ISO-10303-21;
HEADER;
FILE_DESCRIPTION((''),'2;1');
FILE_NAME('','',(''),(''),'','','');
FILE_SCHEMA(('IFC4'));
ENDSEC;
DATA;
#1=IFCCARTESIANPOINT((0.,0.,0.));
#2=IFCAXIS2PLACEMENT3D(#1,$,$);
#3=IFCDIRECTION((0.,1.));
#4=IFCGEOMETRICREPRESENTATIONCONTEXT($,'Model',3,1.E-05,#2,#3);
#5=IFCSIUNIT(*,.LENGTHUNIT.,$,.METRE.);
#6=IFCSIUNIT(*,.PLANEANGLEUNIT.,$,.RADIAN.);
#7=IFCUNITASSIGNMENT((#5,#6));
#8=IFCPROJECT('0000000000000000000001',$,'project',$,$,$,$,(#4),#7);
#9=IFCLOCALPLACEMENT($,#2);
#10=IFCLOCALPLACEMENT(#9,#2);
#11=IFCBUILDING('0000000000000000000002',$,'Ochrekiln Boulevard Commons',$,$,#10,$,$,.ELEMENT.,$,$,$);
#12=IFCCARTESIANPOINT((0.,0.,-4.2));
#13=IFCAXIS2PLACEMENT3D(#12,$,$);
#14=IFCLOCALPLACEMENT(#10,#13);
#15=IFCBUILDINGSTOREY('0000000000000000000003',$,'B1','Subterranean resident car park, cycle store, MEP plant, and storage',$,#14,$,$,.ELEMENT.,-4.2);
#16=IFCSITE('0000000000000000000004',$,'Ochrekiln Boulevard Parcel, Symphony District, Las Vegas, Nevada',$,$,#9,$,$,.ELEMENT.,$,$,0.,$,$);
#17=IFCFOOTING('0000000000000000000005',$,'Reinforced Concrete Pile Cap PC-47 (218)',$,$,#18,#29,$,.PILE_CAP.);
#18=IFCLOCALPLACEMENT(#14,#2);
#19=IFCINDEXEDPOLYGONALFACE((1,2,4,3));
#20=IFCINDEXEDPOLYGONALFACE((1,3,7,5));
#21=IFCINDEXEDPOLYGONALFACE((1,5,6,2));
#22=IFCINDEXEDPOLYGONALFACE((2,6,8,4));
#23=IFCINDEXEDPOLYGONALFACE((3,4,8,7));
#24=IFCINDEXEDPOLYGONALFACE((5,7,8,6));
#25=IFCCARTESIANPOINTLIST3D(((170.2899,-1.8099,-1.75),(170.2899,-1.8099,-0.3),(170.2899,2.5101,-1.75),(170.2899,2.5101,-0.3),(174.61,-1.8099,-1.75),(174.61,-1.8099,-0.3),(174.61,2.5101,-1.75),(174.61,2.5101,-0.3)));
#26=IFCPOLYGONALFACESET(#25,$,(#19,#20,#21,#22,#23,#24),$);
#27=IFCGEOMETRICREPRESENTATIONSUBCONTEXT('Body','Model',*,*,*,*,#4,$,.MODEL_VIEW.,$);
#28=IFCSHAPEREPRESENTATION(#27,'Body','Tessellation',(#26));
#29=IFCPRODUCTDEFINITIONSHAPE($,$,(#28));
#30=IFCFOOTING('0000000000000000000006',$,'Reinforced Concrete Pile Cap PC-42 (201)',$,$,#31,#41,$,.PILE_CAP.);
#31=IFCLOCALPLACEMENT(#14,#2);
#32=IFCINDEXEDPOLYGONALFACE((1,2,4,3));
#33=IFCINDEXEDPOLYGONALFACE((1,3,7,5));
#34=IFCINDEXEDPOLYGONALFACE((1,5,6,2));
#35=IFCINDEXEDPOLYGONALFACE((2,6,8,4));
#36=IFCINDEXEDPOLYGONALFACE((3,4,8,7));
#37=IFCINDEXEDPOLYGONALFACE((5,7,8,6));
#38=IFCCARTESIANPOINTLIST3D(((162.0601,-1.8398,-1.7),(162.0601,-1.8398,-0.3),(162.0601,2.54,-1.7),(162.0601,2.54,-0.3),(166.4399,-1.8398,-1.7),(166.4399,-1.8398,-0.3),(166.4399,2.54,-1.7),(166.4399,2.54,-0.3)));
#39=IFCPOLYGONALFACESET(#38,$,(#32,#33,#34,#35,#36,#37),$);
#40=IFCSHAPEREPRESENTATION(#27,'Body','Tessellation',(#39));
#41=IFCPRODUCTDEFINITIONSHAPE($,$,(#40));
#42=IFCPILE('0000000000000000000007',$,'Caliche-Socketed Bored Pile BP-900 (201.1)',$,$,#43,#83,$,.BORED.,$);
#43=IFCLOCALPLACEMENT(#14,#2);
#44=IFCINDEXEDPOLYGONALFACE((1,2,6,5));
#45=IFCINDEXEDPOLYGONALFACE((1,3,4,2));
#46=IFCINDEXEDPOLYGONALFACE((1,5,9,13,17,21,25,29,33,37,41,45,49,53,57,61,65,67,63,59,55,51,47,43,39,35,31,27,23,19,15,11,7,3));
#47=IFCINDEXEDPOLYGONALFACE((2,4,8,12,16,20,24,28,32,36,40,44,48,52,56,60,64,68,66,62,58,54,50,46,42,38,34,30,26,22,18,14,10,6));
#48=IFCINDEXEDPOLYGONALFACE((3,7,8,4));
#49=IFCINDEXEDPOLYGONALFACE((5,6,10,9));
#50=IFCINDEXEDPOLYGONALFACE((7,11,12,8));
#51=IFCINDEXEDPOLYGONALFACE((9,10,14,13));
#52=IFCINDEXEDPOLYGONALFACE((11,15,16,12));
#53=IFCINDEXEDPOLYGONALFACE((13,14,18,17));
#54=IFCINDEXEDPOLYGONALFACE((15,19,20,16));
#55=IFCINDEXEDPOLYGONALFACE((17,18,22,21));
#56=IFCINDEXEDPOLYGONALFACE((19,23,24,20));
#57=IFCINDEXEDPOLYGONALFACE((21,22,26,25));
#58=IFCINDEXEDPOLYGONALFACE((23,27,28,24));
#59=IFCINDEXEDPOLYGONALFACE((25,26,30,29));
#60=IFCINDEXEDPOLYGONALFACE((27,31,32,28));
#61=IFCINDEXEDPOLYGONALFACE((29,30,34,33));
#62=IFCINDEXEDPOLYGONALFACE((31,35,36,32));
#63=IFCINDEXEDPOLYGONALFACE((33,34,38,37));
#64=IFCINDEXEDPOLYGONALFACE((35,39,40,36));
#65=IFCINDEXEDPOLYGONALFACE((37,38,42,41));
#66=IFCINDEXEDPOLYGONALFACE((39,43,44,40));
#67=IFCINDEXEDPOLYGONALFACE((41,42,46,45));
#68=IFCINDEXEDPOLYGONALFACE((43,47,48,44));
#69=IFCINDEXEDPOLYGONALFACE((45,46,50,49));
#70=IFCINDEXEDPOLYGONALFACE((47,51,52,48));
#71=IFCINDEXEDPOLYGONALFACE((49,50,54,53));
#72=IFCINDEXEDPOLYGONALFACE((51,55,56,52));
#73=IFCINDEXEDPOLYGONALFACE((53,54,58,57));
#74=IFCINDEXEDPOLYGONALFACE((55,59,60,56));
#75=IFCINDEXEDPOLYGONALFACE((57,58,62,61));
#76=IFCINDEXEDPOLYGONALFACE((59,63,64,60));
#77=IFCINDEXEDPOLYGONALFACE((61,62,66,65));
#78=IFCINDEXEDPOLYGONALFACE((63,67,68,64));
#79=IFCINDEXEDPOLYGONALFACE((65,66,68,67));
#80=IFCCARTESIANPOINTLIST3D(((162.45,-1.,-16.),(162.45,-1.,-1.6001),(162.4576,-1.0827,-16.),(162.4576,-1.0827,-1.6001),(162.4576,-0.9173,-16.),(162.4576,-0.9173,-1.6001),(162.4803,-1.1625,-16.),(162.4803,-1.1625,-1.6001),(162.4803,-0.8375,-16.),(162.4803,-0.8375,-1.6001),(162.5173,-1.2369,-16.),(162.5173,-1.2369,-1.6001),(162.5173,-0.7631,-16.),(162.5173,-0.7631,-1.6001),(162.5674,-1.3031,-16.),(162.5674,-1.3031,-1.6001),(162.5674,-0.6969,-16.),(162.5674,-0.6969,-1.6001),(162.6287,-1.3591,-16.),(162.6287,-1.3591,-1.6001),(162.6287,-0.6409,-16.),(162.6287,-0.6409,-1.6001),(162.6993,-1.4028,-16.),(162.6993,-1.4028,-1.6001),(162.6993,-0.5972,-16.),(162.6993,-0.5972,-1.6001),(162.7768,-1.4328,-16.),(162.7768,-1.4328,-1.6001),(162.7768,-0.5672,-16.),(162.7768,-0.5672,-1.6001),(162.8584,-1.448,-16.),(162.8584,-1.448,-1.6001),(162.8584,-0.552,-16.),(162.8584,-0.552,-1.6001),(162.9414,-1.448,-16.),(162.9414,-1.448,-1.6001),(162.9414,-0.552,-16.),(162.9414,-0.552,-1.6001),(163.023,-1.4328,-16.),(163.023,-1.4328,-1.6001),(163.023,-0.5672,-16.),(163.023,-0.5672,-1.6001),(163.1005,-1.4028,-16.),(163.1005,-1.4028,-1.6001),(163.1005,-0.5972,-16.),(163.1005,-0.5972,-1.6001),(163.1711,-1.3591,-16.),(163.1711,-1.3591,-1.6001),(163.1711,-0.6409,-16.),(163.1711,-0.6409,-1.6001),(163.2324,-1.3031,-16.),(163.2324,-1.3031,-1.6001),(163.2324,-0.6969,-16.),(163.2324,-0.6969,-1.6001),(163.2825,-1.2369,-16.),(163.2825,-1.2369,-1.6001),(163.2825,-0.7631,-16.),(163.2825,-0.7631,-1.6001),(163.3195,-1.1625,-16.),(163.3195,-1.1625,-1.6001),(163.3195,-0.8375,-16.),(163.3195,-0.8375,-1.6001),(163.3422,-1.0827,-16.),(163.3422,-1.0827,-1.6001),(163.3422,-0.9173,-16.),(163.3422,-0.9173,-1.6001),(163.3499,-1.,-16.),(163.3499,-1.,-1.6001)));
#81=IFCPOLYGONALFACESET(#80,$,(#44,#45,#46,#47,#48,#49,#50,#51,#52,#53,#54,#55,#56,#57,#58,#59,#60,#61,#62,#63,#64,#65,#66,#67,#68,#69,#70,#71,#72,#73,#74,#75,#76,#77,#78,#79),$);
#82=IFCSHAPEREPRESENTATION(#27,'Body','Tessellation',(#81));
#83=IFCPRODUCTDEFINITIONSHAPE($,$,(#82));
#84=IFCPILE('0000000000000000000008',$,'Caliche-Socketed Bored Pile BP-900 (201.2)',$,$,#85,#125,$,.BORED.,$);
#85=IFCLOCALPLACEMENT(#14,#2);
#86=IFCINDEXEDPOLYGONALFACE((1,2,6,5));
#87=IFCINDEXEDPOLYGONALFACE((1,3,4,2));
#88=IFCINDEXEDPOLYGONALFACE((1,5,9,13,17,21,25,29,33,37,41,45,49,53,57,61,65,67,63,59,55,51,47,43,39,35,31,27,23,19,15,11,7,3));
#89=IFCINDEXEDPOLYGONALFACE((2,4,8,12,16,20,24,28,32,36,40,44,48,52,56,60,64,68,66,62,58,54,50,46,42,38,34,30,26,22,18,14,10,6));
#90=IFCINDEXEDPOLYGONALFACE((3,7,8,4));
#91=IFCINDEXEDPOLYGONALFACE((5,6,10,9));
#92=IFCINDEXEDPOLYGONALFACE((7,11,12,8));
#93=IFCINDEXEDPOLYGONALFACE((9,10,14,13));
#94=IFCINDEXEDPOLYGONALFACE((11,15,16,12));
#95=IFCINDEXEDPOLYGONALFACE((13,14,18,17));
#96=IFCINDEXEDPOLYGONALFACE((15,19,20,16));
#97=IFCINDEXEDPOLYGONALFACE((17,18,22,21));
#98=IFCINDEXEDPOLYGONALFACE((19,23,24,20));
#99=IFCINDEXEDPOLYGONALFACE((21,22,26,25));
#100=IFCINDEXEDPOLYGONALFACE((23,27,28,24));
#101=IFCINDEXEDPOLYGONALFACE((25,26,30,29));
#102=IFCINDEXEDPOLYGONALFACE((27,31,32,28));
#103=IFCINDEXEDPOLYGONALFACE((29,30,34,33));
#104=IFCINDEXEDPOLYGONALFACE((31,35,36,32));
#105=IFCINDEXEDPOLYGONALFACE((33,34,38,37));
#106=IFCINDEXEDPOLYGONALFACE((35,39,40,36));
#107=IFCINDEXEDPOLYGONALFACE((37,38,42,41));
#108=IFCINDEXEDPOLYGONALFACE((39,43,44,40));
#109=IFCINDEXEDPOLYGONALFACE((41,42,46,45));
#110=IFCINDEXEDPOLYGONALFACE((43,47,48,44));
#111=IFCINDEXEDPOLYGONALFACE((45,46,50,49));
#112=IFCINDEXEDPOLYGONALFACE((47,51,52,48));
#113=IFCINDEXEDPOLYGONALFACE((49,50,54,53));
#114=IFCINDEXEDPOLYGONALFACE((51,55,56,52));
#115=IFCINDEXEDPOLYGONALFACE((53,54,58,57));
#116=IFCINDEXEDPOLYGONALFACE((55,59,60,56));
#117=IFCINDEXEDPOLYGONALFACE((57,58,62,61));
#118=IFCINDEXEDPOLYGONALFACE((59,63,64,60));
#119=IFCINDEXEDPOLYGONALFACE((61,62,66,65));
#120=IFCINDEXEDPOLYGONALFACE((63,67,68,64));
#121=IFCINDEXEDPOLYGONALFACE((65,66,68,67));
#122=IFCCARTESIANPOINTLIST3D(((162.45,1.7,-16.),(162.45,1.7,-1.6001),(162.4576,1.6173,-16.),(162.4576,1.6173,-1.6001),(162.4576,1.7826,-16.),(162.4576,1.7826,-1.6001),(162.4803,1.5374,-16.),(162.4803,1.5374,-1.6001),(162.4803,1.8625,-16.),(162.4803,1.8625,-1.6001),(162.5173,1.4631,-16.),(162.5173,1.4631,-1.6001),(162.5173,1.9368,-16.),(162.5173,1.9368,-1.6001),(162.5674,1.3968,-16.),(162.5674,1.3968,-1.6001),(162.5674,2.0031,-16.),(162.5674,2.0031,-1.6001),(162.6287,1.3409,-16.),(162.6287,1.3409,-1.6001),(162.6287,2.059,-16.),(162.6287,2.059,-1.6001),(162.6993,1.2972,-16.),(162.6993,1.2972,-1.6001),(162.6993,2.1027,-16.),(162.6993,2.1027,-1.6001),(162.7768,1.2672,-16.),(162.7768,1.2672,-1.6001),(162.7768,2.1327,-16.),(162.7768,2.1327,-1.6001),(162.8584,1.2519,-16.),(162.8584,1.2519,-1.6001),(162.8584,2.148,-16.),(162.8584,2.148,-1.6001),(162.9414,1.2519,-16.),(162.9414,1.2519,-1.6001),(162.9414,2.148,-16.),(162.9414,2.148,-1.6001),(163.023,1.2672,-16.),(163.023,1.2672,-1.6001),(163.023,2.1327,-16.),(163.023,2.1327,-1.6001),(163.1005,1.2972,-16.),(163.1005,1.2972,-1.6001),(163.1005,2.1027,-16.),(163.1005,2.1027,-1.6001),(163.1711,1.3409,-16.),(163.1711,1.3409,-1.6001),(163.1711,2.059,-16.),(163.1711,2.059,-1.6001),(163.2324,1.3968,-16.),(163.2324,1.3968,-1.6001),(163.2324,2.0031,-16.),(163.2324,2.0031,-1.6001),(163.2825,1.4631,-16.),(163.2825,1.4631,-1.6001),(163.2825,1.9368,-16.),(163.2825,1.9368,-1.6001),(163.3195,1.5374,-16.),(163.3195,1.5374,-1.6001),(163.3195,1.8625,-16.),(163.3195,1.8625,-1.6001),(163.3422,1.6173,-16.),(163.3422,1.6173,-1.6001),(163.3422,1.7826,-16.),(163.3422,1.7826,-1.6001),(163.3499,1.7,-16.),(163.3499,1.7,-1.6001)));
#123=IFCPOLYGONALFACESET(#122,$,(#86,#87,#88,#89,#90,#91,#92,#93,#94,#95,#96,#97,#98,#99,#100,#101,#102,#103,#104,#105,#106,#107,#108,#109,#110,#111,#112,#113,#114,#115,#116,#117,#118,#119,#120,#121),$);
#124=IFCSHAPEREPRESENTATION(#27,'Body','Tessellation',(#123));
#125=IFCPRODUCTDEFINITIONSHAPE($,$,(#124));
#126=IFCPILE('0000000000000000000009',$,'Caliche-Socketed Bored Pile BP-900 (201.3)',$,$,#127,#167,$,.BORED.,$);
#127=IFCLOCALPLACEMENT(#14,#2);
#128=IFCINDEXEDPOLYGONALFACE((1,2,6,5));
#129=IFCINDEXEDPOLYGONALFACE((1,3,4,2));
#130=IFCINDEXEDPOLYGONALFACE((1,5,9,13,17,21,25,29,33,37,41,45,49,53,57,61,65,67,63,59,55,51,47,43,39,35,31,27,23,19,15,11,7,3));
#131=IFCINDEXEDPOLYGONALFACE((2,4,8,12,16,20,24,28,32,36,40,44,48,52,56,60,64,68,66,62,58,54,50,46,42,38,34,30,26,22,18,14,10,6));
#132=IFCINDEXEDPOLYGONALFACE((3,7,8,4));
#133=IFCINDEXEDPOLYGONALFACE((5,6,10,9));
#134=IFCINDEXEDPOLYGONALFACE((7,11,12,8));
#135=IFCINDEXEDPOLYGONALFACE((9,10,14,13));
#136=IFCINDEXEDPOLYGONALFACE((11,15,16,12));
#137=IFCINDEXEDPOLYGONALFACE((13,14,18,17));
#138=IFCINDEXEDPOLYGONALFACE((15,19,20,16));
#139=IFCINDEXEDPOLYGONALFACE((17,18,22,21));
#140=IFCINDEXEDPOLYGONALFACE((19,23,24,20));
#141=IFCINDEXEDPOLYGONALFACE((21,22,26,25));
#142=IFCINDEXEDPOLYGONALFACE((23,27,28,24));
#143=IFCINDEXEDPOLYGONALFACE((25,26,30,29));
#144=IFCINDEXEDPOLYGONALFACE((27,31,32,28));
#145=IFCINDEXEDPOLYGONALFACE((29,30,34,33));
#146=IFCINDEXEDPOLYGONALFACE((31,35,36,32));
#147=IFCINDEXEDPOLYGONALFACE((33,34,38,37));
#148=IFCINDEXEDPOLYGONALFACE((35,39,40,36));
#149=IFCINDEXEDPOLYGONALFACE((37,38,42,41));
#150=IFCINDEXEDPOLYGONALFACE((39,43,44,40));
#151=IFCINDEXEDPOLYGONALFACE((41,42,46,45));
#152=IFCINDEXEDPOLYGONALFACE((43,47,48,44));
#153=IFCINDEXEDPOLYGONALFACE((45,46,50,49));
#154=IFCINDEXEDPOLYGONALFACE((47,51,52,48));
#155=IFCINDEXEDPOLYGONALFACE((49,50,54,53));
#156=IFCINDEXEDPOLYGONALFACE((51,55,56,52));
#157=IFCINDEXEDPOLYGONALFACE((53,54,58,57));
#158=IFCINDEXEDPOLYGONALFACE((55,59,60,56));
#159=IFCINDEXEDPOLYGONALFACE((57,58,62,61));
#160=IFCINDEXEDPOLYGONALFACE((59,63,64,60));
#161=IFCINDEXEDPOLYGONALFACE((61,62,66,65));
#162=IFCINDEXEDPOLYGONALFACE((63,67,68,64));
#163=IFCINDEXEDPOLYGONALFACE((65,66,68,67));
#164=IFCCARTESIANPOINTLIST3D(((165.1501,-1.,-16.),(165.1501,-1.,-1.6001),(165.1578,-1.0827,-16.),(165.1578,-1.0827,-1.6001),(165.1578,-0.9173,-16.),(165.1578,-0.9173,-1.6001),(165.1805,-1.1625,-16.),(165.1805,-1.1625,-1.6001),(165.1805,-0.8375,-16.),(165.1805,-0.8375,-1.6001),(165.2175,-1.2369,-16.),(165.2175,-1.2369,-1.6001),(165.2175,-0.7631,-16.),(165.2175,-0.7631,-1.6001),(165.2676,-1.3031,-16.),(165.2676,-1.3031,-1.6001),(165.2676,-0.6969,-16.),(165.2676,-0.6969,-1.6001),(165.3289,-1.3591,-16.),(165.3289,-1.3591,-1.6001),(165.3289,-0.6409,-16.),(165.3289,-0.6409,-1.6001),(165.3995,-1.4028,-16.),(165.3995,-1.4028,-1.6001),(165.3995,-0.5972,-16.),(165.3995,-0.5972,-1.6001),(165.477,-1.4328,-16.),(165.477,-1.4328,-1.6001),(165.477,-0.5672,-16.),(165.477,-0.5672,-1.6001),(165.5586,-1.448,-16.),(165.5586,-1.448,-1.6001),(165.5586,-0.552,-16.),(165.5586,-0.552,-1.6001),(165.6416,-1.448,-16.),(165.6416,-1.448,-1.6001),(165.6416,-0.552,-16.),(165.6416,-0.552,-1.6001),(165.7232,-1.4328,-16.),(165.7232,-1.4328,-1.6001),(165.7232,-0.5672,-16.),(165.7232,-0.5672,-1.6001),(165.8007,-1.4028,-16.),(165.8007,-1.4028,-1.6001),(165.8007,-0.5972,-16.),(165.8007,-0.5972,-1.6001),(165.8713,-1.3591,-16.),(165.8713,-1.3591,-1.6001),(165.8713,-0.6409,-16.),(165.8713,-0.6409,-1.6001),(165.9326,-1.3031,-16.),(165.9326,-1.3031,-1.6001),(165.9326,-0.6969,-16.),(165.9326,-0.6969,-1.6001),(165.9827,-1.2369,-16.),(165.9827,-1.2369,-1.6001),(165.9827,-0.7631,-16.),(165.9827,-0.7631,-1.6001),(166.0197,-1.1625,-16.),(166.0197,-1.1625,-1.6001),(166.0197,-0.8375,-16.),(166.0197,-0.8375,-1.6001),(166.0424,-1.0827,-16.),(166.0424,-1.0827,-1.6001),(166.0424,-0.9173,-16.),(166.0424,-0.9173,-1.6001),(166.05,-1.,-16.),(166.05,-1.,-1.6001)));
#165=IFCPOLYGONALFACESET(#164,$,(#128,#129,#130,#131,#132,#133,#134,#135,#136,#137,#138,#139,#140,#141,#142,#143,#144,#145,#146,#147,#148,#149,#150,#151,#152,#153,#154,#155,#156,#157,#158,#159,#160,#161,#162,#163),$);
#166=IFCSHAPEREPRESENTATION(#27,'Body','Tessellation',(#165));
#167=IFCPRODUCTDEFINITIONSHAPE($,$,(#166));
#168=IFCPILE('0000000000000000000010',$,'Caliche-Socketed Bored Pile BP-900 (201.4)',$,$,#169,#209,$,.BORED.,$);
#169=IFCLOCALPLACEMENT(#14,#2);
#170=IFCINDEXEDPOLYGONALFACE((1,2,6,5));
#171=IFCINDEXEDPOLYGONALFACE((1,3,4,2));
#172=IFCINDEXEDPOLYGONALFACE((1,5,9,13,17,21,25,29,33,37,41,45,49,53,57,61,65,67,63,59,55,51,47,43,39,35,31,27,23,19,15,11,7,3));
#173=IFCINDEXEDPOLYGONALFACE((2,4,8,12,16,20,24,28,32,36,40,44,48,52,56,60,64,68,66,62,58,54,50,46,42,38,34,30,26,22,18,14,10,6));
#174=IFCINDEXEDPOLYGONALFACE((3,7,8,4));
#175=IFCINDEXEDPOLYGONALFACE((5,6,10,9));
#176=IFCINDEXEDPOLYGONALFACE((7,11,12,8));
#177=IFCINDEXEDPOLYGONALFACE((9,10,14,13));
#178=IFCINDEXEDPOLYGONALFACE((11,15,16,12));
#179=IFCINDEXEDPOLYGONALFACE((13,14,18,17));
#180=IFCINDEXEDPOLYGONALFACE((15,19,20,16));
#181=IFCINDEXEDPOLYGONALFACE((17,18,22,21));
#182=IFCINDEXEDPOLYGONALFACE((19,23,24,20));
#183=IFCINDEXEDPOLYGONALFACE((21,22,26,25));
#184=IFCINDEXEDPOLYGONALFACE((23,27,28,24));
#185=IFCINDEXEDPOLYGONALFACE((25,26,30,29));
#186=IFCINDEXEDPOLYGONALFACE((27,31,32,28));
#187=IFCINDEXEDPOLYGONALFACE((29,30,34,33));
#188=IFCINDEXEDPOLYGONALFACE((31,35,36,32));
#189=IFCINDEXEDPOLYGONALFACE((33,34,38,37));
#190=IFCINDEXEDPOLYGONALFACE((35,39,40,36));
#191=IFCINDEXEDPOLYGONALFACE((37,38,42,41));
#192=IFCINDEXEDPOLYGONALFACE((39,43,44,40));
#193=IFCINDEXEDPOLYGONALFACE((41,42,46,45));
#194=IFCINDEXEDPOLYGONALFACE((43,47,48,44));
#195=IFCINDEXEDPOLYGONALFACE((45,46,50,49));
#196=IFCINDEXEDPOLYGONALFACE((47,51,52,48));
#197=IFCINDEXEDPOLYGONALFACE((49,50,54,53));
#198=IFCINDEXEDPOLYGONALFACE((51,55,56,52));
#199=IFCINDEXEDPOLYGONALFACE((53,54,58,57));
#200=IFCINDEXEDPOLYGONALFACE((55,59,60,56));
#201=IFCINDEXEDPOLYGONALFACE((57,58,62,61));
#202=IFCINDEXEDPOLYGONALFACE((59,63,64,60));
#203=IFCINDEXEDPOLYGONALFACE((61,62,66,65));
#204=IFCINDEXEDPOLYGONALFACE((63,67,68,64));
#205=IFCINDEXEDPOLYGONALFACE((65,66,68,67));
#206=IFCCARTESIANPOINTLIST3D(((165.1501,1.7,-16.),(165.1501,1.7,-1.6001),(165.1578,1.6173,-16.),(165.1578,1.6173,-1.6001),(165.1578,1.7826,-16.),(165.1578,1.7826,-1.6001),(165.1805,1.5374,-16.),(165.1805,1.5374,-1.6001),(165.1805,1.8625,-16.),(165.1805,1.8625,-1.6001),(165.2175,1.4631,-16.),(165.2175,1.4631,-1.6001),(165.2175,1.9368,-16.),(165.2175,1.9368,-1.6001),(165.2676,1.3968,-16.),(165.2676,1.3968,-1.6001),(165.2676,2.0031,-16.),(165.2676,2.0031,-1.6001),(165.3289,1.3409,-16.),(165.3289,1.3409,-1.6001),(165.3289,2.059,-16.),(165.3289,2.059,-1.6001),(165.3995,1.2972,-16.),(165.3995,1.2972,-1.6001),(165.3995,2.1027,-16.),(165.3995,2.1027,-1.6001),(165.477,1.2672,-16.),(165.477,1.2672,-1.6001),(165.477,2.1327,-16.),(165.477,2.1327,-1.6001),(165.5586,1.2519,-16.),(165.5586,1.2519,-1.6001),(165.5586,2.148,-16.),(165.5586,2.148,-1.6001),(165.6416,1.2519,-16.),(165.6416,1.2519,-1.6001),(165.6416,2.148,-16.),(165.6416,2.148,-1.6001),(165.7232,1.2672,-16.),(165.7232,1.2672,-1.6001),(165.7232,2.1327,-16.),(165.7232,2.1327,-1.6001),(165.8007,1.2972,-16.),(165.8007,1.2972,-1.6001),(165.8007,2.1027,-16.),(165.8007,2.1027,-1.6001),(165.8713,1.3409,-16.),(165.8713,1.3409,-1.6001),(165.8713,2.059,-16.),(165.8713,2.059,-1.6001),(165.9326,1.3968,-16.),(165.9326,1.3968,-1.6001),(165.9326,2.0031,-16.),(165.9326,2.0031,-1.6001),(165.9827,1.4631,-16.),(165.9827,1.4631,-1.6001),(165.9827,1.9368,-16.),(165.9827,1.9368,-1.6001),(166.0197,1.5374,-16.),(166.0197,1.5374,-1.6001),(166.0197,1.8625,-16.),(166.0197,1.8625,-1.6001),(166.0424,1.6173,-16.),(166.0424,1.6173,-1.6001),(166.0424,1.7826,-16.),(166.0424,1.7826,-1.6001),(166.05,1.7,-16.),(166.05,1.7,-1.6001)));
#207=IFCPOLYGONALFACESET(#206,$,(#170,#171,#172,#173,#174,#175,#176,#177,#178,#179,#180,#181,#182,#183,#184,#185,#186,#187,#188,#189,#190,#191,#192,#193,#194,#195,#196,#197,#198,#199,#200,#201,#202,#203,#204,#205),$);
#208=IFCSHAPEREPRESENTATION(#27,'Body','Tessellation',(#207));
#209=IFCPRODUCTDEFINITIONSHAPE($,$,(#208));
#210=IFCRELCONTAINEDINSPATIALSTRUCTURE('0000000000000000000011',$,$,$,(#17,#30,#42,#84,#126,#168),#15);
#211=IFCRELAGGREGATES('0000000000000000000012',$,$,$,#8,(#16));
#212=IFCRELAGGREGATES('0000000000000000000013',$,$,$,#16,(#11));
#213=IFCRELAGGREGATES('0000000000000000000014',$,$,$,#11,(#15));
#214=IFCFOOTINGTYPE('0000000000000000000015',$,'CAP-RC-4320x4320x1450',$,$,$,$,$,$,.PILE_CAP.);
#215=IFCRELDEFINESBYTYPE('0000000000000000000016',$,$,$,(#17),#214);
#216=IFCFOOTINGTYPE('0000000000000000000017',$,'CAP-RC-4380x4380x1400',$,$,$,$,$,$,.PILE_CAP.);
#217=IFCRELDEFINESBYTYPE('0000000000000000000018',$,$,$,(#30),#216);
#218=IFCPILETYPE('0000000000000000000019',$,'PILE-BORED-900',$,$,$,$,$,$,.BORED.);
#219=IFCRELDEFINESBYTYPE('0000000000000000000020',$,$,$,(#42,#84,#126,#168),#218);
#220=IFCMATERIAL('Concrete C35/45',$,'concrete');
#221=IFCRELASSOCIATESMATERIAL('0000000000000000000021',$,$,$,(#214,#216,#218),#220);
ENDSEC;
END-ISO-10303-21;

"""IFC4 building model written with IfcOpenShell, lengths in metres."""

from ifc_helpers import new_model, si_unit, direction, frame, origin, origin_2d, place, context, subcontext, project, spatial, rectangle, circle, extrude, material, material_profile, profile_set, type_object, element, save


model = new_model("IFC4")

# Units and contexts
model_context = context("Model", 3, precision=1e-05, world=origin(), true_north=direction((0.0, 1.0)))
body_context = subcontext(model_context, "Body", "Model", "MODEL_VIEW")
ifc_project = project(units=[si_unit("LENGTHUNIT", "METRE"), si_unit("PLANEANGLEUNIT", "RADIAN")], contexts=[model_context])

# Site, building, storey
site_placement = place(None, origin())
site = spatial("IfcSite", under=ifc_project, at=site_placement, Name="Ochrekiln Boulevard Parcel, Symphony District, Las Vegas, Nevada", CompositionType="ELEMENT", RefElevation=0.0)
building_placement = place(site_placement, origin())
building = spatial("IfcBuilding", under=site, at=building_placement, Name="Ochrekiln Boulevard Commons", CompositionType="ELEMENT")
storey_placement = place(building_placement, frame((0.0, 0.0, -4.2)))
storey = spatial("IfcBuildingStorey", under=building, at=storey_placement, Name="B1", Description="Subterranean resident car park, cycle store, MEP plant, and storage", CompositionType="ELEMENT", Elevation=-4.2)

# Footings
ifc_material_1 = material(Name="Concrete C35/45", Category="concrete")
footing_type_1 = type_object("IfcFootingType", Name="CAP-RC-4320x4320x1450", PredefinedType="PILE_CAP", material=ifc_material_1)
footing_1_placement = place(storey_placement, frame((172.45, 0.3501, -1.75), z_axis=(0.0, 0.0, 1.0), x_axis=(1.0, 0.0, 0.0)))
element("IfcFooting", 1, at=footing_1_placement, inside=storey, type_object=footing_type_1, Name="Reinforced Concrete Pile Cap PC-47 (218)", PredefinedType="PILE_CAP", context=body_context, shape_type="SweptSolid", body=[
    extrude(rectangle(XDim=4.3201, YDim=4.3201, at=origin_2d()), origin(), (0.0, 0.0, 1.0), 1.45),
])
footing_type_2 = type_object("IfcFootingType", Name="CAP-RC-4380x4380x1400", PredefinedType="PILE_CAP", material=ifc_material_1)
footing_2_placement = place(storey_placement, frame((164.25, 0.3501, -1.7), z_axis=(0.0, 0.0, 1.0), x_axis=(1.0, 0.0, 0.0)))
element("IfcFooting", 2, at=footing_2_placement, inside=storey, type_object=footing_type_2, Name="Reinforced Concrete Pile Cap PC-42 (201)", PredefinedType="PILE_CAP", context=body_context, shape_type="SweptSolid", body=[
    extrude(rectangle(XDim=4.3799, YDim=4.3799, at=origin_2d()), origin(), (0.0, 0.0, 1.0), 1.3999),
])

# Piles
ifc_material_profile_1 = material_profile(ifc_material_1, circle(Radius=0.45, at=origin_2d()), Name="PILE-D900")
ifc_profile_set_1 = profile_set([ifc_material_profile_1], Name="Concrete C35/45")
pile_type = type_object("IfcPileType", Name="PILE-BORED-900", PredefinedType="BORED", material=ifc_profile_set_1)
for number, where, z_axis, x_axis, name in (
    (3, (162.8999, -1.0, -1.6001), (0.0, 0.0, -1.0), (1.0, 0.0, 0.0), "Caliche-Socketed Bored Pile BP-900 (201.1)"),
    (4, (162.8999, 1.7, -1.6001), (0.0, 0.0, -1.0), (1.0, 0.0, 0.0), "Caliche-Socketed Bored Pile BP-900 (201.2)"),
    (5, (165.6001, -1.0, -1.6001), (0.0, 0.0, -1.0), (1.0, 0.0, 0.0), "Caliche-Socketed Bored Pile BP-900 (201.3)"),
    (6, (165.6001, 1.7, -1.6001), (0.0, 0.0, -1.0), (1.0, 0.0, 0.0), "Caliche-Socketed Bored Pile BP-900 (201.4)"),
):
    element("IfcPile", number, at=place(storey_placement, frame(where, z_axis=z_axis, x_axis=x_axis)), inside=storey, type_object=pile_type, Name=name, PredefinedType="BORED", context=body_context, shape_type="SweptSolid", body=[
        extrude(circle(Radius=0.45, at=origin_2d()), origin(), (0.0, 0.0, 1.0), 14.3999),
    ])

save(model, "model.ifc")
